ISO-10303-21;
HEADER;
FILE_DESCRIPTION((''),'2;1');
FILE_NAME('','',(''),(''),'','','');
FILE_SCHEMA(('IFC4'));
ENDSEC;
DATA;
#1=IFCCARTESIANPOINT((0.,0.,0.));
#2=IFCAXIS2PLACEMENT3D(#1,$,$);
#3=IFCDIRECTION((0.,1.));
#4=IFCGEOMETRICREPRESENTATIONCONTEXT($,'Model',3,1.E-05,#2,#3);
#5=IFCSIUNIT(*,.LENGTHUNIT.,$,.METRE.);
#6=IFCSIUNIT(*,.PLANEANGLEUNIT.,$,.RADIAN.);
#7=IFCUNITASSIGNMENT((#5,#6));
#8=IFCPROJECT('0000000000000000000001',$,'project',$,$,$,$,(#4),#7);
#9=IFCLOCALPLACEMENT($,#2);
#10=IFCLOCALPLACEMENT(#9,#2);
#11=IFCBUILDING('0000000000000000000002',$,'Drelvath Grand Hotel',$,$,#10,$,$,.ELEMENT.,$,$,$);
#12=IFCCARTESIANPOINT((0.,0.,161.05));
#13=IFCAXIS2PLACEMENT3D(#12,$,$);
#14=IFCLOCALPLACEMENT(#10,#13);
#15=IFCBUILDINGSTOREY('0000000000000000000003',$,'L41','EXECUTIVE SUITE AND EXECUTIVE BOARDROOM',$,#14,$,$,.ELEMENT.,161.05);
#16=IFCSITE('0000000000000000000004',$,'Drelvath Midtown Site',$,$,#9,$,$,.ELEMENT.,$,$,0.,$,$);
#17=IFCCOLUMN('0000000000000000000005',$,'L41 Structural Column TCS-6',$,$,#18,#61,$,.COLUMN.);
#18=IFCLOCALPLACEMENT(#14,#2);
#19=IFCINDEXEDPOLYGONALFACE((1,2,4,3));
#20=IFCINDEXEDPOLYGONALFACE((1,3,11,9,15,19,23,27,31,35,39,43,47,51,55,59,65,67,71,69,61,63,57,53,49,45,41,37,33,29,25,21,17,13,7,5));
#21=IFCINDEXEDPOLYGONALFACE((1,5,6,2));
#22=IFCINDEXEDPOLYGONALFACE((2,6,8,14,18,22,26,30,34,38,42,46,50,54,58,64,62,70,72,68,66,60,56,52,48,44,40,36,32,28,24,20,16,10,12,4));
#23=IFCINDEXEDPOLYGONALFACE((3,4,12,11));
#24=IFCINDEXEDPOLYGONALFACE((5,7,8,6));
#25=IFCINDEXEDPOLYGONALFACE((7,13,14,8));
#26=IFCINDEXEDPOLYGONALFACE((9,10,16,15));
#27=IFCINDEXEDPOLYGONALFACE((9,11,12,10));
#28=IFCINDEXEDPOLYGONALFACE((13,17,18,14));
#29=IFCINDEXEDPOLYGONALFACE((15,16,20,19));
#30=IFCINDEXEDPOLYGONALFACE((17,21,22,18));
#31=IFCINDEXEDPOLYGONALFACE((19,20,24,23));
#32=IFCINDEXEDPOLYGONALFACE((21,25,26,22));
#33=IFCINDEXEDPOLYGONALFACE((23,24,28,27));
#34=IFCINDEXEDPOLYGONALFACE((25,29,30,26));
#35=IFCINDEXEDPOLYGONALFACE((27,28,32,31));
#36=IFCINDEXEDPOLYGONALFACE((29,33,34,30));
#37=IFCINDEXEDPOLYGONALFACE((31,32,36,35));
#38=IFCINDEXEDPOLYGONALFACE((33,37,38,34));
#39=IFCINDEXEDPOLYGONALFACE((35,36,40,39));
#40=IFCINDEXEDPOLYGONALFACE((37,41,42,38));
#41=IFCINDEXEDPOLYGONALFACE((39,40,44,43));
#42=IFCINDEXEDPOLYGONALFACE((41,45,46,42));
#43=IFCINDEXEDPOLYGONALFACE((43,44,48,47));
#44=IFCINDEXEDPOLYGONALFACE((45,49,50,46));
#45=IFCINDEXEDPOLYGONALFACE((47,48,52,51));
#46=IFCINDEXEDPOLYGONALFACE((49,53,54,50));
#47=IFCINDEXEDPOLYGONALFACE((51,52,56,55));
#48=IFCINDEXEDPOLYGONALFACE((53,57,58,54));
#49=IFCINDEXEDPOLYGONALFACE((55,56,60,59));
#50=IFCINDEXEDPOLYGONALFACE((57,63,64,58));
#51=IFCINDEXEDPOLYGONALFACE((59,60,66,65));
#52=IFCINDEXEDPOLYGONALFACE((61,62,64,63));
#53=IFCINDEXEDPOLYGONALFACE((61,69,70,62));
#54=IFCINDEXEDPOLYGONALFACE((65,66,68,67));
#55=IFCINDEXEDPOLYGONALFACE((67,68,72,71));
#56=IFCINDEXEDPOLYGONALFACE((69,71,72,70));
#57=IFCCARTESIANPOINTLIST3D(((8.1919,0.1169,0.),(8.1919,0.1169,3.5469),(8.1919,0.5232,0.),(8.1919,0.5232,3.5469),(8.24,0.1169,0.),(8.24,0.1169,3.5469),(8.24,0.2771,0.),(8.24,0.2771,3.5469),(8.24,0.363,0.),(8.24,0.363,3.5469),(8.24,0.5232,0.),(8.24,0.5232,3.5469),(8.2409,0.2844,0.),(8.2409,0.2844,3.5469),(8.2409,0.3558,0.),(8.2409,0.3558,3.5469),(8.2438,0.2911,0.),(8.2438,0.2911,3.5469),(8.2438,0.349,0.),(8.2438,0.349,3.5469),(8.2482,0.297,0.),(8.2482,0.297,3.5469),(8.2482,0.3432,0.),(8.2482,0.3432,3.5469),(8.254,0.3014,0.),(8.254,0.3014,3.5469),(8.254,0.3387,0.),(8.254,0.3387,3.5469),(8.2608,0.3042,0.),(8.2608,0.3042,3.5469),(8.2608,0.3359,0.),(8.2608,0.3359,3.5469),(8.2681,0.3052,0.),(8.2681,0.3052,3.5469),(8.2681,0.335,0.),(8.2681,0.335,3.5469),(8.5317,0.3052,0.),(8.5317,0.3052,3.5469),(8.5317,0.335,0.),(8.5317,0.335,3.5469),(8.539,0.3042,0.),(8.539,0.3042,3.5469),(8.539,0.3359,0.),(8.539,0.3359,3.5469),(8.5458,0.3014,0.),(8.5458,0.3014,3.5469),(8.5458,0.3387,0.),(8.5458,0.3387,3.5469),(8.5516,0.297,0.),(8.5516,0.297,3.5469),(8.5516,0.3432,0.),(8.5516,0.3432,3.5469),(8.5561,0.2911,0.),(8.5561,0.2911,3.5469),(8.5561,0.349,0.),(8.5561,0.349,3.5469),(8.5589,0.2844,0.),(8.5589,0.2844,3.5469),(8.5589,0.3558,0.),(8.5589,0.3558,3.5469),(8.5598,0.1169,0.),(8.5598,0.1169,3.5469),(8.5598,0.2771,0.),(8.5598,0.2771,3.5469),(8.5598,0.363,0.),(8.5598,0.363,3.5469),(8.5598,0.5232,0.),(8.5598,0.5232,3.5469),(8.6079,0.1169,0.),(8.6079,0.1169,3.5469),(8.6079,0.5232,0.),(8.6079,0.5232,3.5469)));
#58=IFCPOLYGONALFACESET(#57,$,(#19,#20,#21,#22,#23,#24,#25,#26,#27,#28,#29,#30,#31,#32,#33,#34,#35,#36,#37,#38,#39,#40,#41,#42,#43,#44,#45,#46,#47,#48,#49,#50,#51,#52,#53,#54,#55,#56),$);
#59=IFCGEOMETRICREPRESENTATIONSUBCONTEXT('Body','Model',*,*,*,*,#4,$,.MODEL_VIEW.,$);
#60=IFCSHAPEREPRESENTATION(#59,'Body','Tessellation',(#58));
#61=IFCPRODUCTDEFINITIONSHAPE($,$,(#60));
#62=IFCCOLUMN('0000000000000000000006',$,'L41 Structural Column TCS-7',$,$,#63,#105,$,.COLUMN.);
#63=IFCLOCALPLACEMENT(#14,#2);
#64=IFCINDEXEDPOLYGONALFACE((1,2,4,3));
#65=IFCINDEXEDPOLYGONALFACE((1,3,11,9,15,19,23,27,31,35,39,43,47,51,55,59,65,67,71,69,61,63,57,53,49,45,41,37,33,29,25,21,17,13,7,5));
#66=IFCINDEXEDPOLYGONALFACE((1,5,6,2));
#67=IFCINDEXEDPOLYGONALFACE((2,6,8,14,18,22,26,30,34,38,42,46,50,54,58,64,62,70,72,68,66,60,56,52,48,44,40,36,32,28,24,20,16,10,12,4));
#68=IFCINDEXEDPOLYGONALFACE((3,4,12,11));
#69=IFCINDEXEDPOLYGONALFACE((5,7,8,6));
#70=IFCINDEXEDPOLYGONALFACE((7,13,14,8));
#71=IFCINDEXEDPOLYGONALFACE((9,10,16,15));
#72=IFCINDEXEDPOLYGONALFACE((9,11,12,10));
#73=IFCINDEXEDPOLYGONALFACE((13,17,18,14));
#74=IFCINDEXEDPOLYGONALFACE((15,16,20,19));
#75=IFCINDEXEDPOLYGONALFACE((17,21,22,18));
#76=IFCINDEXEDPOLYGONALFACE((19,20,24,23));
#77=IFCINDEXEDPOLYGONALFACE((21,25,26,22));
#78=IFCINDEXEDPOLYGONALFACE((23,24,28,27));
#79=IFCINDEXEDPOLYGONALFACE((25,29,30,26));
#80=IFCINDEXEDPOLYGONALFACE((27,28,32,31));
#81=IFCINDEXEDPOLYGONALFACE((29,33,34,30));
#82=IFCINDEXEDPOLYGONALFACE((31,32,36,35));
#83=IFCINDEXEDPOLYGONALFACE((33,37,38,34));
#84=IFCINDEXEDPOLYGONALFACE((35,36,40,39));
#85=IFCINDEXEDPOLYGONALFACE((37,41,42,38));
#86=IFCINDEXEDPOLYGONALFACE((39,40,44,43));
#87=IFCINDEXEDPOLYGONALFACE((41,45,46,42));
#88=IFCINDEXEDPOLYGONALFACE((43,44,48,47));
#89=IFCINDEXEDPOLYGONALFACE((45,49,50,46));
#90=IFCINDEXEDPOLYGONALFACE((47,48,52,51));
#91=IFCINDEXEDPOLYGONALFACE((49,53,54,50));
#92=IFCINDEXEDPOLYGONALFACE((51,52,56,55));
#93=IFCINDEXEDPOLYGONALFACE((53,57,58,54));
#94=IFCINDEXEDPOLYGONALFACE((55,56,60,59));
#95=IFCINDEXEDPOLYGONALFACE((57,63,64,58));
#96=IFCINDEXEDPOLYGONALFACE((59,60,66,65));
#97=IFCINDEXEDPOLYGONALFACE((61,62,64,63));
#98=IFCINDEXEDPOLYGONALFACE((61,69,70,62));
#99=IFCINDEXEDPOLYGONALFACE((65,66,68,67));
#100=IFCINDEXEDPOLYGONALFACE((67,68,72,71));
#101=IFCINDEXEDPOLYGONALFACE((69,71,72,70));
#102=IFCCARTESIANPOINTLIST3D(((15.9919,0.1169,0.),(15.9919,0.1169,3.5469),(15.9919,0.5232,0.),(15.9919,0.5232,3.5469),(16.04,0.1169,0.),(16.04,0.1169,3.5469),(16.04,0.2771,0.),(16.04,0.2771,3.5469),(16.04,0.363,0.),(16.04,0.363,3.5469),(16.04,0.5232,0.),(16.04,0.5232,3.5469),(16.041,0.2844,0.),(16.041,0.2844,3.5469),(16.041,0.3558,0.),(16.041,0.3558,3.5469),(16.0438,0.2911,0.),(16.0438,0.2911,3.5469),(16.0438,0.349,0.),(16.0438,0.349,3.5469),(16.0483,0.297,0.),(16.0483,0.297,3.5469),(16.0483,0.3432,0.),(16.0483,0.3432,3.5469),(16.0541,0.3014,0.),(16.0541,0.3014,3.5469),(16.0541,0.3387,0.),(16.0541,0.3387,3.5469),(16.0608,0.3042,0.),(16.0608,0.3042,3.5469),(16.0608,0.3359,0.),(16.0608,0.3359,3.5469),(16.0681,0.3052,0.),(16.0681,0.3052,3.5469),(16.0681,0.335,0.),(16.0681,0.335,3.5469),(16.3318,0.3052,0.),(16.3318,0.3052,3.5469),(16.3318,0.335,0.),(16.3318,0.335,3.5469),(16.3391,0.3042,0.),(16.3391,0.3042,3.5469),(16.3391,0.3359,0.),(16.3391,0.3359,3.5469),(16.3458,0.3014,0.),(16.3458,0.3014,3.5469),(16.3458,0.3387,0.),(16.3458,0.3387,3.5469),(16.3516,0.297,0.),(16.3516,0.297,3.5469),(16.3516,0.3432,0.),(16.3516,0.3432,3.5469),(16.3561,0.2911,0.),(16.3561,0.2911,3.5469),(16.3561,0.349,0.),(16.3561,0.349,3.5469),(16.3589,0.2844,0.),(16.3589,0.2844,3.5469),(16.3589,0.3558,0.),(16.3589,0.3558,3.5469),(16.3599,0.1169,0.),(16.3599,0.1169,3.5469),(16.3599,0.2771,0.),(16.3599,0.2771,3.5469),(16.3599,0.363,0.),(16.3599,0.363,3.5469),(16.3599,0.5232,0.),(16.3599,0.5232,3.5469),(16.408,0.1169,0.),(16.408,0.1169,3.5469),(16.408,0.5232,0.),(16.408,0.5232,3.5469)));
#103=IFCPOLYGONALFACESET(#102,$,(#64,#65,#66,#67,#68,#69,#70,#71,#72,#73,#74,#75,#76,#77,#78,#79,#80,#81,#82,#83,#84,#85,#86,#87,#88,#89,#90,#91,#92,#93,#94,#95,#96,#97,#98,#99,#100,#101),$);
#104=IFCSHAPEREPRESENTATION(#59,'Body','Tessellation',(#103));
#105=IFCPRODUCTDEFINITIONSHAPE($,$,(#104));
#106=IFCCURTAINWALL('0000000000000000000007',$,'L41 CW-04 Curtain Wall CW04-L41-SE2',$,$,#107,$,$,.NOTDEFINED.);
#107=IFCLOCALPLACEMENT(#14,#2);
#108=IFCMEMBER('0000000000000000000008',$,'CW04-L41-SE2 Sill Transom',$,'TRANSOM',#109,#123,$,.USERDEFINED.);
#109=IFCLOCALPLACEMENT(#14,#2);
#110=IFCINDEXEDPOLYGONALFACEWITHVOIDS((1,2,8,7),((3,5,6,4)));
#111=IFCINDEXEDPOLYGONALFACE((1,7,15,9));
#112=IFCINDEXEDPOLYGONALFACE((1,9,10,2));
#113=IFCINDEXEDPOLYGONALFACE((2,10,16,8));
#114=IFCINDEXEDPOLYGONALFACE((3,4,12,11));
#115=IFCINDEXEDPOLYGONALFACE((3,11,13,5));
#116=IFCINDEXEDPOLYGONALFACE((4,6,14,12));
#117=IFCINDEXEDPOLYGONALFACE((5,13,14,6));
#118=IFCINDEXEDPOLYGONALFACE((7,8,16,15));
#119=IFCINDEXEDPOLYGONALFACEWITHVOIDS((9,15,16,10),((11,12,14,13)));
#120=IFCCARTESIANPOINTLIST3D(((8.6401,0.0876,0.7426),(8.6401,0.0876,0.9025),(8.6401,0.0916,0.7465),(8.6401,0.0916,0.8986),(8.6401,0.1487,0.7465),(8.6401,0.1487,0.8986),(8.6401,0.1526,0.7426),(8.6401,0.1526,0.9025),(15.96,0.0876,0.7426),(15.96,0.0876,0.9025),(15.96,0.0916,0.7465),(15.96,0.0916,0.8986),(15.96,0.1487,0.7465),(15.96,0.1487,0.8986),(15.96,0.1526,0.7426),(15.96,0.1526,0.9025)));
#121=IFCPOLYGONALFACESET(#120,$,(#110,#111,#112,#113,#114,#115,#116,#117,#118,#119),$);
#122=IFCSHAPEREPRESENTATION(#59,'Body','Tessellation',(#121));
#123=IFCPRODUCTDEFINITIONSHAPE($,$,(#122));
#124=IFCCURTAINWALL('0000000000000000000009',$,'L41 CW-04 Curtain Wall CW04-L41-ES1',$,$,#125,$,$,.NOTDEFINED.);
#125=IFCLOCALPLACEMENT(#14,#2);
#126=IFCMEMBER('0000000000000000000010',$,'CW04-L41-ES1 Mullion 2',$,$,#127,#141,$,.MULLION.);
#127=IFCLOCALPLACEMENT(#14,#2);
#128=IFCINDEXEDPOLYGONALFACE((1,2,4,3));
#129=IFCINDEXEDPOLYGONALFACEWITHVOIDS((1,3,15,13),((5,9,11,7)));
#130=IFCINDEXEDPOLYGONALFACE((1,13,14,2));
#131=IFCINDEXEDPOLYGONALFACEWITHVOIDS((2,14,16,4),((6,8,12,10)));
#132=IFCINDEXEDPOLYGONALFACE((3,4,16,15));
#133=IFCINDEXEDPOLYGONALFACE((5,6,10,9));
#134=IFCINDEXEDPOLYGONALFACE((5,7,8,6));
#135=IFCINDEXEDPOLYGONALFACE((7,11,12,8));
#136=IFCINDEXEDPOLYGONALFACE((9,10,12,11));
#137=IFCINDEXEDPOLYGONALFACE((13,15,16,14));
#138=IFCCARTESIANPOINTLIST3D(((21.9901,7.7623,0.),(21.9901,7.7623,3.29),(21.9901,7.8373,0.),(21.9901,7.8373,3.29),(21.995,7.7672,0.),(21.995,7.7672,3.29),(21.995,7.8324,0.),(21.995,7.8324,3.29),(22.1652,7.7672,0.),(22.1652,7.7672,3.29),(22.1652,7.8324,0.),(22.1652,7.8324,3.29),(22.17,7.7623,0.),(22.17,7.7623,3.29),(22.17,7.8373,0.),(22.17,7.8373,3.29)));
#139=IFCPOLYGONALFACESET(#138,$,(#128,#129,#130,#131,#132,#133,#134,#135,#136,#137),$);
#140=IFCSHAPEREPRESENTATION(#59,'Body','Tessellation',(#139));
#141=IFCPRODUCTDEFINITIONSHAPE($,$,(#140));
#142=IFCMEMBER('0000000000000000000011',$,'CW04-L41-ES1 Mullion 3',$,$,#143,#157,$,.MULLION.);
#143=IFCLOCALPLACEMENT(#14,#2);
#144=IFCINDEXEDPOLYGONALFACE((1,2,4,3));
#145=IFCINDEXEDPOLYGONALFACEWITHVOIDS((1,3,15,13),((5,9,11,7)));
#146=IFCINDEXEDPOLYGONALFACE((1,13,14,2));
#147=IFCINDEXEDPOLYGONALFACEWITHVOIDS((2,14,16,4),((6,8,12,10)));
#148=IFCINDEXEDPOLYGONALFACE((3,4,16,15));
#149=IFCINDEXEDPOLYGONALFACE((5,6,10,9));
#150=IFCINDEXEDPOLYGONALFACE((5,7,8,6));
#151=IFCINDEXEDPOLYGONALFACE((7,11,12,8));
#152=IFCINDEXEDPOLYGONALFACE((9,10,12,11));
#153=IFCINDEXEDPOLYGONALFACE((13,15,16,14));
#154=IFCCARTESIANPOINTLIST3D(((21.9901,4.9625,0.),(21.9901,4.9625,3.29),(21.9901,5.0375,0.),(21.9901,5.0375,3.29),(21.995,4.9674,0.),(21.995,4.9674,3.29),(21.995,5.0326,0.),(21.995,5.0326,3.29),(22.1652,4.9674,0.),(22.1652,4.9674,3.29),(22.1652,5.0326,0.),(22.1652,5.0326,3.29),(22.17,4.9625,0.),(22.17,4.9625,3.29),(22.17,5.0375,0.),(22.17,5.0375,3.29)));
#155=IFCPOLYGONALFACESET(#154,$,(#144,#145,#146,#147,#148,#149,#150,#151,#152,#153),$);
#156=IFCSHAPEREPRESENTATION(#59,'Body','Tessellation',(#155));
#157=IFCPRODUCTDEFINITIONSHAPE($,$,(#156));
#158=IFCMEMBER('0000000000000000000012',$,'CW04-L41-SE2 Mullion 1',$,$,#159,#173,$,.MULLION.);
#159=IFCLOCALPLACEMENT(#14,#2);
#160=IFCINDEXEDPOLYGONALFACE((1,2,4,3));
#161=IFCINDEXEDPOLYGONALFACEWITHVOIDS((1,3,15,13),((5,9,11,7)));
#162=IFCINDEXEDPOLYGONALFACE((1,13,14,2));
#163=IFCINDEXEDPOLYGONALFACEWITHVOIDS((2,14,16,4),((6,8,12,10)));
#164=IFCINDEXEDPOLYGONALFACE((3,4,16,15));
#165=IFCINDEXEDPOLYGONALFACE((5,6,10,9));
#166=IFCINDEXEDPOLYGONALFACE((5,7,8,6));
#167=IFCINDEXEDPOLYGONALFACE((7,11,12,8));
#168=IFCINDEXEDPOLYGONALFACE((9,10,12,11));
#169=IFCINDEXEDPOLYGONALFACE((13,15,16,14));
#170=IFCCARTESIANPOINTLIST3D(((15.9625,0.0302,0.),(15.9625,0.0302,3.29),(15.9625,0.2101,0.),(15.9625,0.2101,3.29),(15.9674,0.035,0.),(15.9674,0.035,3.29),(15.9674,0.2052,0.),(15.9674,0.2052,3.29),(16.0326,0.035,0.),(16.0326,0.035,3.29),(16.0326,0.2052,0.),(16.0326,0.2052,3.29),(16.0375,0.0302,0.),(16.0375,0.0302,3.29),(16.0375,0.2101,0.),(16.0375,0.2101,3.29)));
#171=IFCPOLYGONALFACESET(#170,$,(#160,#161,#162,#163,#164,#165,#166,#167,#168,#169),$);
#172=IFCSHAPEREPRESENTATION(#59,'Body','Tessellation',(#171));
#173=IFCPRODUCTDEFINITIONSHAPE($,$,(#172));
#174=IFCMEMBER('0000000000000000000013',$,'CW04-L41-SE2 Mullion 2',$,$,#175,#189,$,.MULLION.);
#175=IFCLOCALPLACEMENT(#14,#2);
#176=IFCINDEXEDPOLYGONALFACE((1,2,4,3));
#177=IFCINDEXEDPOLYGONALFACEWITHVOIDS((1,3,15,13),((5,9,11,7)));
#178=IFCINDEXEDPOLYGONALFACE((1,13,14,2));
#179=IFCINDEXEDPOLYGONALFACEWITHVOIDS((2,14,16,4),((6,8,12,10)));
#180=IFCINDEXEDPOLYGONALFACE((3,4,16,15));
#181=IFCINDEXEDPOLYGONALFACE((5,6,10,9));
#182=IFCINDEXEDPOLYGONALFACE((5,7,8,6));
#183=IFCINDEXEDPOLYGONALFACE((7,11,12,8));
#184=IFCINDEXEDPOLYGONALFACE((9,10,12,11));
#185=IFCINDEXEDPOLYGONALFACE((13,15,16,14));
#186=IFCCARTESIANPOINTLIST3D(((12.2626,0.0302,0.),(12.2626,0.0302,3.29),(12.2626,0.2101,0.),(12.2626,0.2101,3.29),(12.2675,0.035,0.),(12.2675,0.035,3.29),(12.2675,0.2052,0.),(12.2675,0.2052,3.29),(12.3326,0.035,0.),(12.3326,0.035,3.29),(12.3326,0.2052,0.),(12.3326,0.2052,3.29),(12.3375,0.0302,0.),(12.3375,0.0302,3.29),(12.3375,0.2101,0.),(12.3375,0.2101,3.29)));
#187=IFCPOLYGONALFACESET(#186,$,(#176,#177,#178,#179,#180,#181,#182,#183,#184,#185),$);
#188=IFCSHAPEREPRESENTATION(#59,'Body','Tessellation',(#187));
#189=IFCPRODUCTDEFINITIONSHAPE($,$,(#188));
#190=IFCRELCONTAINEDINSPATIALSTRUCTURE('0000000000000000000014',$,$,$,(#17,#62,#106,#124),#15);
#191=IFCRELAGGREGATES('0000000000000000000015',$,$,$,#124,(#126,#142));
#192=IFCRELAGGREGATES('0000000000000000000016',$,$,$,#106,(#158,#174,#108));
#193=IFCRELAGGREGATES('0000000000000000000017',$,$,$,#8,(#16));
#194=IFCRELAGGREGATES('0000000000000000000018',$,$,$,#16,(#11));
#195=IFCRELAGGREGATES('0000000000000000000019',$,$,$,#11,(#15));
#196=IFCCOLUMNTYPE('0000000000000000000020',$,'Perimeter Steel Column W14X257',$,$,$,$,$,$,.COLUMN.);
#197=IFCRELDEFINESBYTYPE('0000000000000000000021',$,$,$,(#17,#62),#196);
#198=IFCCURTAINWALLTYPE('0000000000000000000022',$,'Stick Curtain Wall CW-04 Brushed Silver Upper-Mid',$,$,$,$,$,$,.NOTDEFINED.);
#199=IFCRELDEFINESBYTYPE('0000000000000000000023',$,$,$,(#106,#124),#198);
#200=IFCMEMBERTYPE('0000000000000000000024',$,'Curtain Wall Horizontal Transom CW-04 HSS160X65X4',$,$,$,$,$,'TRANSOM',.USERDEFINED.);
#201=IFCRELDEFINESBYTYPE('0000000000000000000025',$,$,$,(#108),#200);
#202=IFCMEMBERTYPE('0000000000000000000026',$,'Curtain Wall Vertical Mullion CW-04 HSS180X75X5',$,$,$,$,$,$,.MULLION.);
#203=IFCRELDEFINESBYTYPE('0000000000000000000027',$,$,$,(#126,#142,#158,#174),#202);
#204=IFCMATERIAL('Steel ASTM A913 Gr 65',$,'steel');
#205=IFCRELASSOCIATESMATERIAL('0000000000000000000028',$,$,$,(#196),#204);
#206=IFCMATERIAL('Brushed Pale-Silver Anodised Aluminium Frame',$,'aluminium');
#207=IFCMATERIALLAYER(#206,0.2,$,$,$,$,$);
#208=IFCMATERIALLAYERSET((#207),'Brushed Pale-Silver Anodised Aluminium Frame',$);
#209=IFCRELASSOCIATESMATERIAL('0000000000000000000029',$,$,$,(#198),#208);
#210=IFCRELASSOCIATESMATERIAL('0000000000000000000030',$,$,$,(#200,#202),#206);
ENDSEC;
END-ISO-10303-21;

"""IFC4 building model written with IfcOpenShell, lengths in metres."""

from ifc_helpers import new_model, si_unit, direction, frame, origin, origin_2d, place, context, subcontext, project, spatial, hollow_rectangle, i_section, extrude, material, layer, layer_set, material_profile, profile_set, type_object, element, aggregate, save


model = new_model("IFC4")

# Units and contexts
model_context = context("Model", 3, precision=1e-05, world=origin(), true_north=direction((0.0, 1.0)))
body_context = subcontext(model_context, "Body", "Model", "MODEL_VIEW")
ifc_project = project(units=[si_unit("LENGTHUNIT", "METRE"), si_unit("PLANEANGLEUNIT", "RADIAN")], contexts=[model_context])

# Site, building, storey
site_placement = place(None, origin())
site = spatial("IfcSite", under=ifc_project, at=site_placement, Name="Drelvath Midtown Site", CompositionType="ELEMENT", RefElevation=0.0)
building_placement = place(site_placement, origin())
building = spatial("IfcBuilding", under=site, at=building_placement, Name="Drelvath Grand Hotel", CompositionType="ELEMENT")
storey_placement = place(building_placement, frame((0.0, 0.0, 161.05)))
storey = spatial("IfcBuildingStorey", under=building, at=storey_placement, Name="L41", Description="EXECUTIVE SUITE AND EXECUTIVE BOARDROOM", CompositionType="ELEMENT", Elevation=161.05)

# Columns
ifc_material_1 = material(Name="Steel ASTM A913 Gr 65", Category="steel")
ifc_material_profile_1 = material_profile(ifc_material_1, i_section(OverallWidth=0.4062, OverallDepth=0.416, WebThickness=0.0298, FlangeThickness=0.0481, FilletRadius=0.0281, at=origin_2d()), Name="W14X257")
ifc_profile_set_1 = profile_set([ifc_material_profile_1], Name="Steel ASTM A913 Gr 65")
column_type = type_object("IfcColumnType", Name="Perimeter Steel Column W14X257", PredefinedType="COLUMN", material=ifc_profile_set_1)
for number, where, z_axis, x_axis, name in (
    (1, (8.3999, 0.3201, 0.0), (0.0, 0.0, 1.0), (0.0, 1.0, 0.0), "L41 Structural Column TCS-6"),
    (2, (16.2, 0.3201, 0.0), (0.0, 0.0, 1.0), (0.0, 1.0, 0.0), "L41 Structural Column TCS-7"),
):
    element("IfcColumn", number, at=place(storey_placement, frame(where, z_axis=z_axis, x_axis=x_axis)), inside=storey, type_object=column_type, Name=name, PredefinedType="COLUMN", context=body_context, shape_type="SweptSolid", body=[
        extrude(i_section(OverallWidth=0.4062, OverallDepth=0.416, WebThickness=0.0298, FlangeThickness=0.0481, FilletRadius=0.0281, at=origin_2d()), origin(), (0.0, 0.0, 1.0), 3.5469),
    ])

# Curtain wall, member
ifc_material_2 = material(Name="Brushed Pale-Silver Anodised Aluminium Frame", Category="aluminium")
ifc_layer_1 = layer(ifc_material_2, 0.2)
ifc_layer_set_1 = layer_set([ifc_layer_1], Name="Brushed Pale-Silver Anodised Aluminium Frame")
curtain_wall_type = type_object("IfcCurtainWallType", Name="Stick Curtain Wall CW-04 Brushed Silver Upper-Mid", PredefinedType="NOTDEFINED", material=ifc_layer_set_1)
curtain_wall_1_placement = place(storey_placement, origin())
curtain_wall_1 = element("IfcCurtainWall", 3, at=curtain_wall_1_placement, inside=storey, type_object=curtain_wall_type, Name="L41 CW-04 Curtain Wall CW04-L41-SE2", PredefinedType="NOTDEFINED")
ifc_material_profile_2 = material_profile(ifc_material_2, hollow_rectangle(XDim=0.0649, YDim=0.1599, WallThickness=0.0039, at=origin_2d()), Name="HSS160X65X4")
ifc_profile_set_2 = profile_set([ifc_material_profile_2], Name="Brushed Pale-Silver Anodised Aluminium Frame")
member_type_1 = type_object("IfcMemberType", Name="Curtain Wall Horizontal Transom CW-04 HSS160X65X4", ElementType="TRANSOM", PredefinedType="USERDEFINED", material=ifc_profile_set_2)
member_1_placement = place(storey_placement, frame((15.96, 0.1201, 0.8225), z_axis=(-1.0, 0.0, 0.0), x_axis=(0.0, -1.0, 0.0)))
member_1 = element("IfcMember", 4, at=member_1_placement, type_object=member_type_1, Name="CW04-L41-SE2 Sill Transom", ObjectType="TRANSOM", PredefinedType="USERDEFINED", context=body_context, shape_type="SweptSolid", body=[
    extrude(hollow_rectangle(XDim=0.0649, YDim=0.1599, WallThickness=0.0039, at=origin_2d()), origin(), (0.0, 0.0, 1.0), 7.3198),
])

# Curtain wall, members
curtain_wall_2_placement = place(storey_placement, origin())
curtain_wall_2 = element("IfcCurtainWall", 5, at=curtain_wall_2_placement, inside=storey, type_object=curtain_wall_type, Name="L41 CW-04 Curtain Wall CW04-L41-ES1", PredefinedType="NOTDEFINED")
ifc_material_profile_3 = material_profile(ifc_material_2, hollow_rectangle(XDim=0.075, YDim=0.1799, WallThickness=0.0049, at=origin_2d()), Name="HSS180X75X5")
ifc_profile_set_3 = profile_set([ifc_material_profile_3], Name="Brushed Pale-Silver Anodised Aluminium Frame")
member_type_2 = type_object("IfcMemberType", Name="Curtain Wall Vertical Mullion CW-04 HSS180X75X5", PredefinedType="MULLION", material=ifc_profile_set_3)
member_2_placement = place(storey_placement, frame((22.0801, 7.7998, 0.0), z_axis=(0.0, 0.0, 1.0), x_axis=(0.0, 1.0, 0.0)))
member_2 = element("IfcMember", 6, at=member_2_placement, type_object=member_type_2, Name="CW04-L41-ES1 Mullion 2", PredefinedType="MULLION", context=body_context, shape_type="SweptSolid", body=[
    extrude(hollow_rectangle(XDim=0.075, YDim=0.1799, WallThickness=0.0049, at=origin_2d()), origin(), (0.0, 0.0, 1.0), 3.29),
])
member_3_placement = place(storey_placement, frame((22.0801, 5.0, 0.0), z_axis=(0.0, 0.0, 1.0), x_axis=(0.0, 1.0, 0.0)))
member_3 = element("IfcMember", 7, at=member_3_placement, type_object=member_type_2, Name="CW04-L41-ES1 Mullion 3", PredefinedType="MULLION", context=body_context, shape_type="SweptSolid", body=[
    extrude(hollow_rectangle(XDim=0.075, YDim=0.1799, WallThickness=0.0049, at=origin_2d()), origin(), (0.0, 0.0, 1.0), 3.29),
])

# Members
member_4_placement = place(storey_placement, frame((16.0, 0.1201, 0.0), z_axis=(0.0, 0.0, 1.0), x_axis=(1.0, 0.0, 0.0)))
member_4 = element("IfcMember", 8, at=member_4_placement, type_object=member_type_2, Name="CW04-L41-SE2 Mullion 1", PredefinedType="MULLION", context=body_context, shape_type="SweptSolid", body=[
    extrude(hollow_rectangle(XDim=0.075, YDim=0.1799, WallThickness=0.0049, at=origin_2d()), origin(), (0.0, 0.0, 1.0), 3.29),
])
member_5_placement = place(storey_placement, frame((12.3, 0.1201, 0.0), z_axis=(0.0, 0.0, 1.0), x_axis=(1.0, 0.0, 0.0)))
member_5 = element("IfcMember", 9, at=member_5_placement, type_object=member_type_2, Name="CW04-L41-SE2 Mullion 2", PredefinedType="MULLION", context=body_context, shape_type="SweptSolid", body=[
    extrude(hollow_rectangle(XDim=0.075, YDim=0.1799, WallThickness=0.0049, at=origin_2d()), origin(), (0.0, 0.0, 1.0), 3.29),
])

aggregate(curtain_wall_2, [member_2, member_3])
aggregate(curtain_wall_1, [member_4, member_5, member_1])

save(model, "model.ifc")
